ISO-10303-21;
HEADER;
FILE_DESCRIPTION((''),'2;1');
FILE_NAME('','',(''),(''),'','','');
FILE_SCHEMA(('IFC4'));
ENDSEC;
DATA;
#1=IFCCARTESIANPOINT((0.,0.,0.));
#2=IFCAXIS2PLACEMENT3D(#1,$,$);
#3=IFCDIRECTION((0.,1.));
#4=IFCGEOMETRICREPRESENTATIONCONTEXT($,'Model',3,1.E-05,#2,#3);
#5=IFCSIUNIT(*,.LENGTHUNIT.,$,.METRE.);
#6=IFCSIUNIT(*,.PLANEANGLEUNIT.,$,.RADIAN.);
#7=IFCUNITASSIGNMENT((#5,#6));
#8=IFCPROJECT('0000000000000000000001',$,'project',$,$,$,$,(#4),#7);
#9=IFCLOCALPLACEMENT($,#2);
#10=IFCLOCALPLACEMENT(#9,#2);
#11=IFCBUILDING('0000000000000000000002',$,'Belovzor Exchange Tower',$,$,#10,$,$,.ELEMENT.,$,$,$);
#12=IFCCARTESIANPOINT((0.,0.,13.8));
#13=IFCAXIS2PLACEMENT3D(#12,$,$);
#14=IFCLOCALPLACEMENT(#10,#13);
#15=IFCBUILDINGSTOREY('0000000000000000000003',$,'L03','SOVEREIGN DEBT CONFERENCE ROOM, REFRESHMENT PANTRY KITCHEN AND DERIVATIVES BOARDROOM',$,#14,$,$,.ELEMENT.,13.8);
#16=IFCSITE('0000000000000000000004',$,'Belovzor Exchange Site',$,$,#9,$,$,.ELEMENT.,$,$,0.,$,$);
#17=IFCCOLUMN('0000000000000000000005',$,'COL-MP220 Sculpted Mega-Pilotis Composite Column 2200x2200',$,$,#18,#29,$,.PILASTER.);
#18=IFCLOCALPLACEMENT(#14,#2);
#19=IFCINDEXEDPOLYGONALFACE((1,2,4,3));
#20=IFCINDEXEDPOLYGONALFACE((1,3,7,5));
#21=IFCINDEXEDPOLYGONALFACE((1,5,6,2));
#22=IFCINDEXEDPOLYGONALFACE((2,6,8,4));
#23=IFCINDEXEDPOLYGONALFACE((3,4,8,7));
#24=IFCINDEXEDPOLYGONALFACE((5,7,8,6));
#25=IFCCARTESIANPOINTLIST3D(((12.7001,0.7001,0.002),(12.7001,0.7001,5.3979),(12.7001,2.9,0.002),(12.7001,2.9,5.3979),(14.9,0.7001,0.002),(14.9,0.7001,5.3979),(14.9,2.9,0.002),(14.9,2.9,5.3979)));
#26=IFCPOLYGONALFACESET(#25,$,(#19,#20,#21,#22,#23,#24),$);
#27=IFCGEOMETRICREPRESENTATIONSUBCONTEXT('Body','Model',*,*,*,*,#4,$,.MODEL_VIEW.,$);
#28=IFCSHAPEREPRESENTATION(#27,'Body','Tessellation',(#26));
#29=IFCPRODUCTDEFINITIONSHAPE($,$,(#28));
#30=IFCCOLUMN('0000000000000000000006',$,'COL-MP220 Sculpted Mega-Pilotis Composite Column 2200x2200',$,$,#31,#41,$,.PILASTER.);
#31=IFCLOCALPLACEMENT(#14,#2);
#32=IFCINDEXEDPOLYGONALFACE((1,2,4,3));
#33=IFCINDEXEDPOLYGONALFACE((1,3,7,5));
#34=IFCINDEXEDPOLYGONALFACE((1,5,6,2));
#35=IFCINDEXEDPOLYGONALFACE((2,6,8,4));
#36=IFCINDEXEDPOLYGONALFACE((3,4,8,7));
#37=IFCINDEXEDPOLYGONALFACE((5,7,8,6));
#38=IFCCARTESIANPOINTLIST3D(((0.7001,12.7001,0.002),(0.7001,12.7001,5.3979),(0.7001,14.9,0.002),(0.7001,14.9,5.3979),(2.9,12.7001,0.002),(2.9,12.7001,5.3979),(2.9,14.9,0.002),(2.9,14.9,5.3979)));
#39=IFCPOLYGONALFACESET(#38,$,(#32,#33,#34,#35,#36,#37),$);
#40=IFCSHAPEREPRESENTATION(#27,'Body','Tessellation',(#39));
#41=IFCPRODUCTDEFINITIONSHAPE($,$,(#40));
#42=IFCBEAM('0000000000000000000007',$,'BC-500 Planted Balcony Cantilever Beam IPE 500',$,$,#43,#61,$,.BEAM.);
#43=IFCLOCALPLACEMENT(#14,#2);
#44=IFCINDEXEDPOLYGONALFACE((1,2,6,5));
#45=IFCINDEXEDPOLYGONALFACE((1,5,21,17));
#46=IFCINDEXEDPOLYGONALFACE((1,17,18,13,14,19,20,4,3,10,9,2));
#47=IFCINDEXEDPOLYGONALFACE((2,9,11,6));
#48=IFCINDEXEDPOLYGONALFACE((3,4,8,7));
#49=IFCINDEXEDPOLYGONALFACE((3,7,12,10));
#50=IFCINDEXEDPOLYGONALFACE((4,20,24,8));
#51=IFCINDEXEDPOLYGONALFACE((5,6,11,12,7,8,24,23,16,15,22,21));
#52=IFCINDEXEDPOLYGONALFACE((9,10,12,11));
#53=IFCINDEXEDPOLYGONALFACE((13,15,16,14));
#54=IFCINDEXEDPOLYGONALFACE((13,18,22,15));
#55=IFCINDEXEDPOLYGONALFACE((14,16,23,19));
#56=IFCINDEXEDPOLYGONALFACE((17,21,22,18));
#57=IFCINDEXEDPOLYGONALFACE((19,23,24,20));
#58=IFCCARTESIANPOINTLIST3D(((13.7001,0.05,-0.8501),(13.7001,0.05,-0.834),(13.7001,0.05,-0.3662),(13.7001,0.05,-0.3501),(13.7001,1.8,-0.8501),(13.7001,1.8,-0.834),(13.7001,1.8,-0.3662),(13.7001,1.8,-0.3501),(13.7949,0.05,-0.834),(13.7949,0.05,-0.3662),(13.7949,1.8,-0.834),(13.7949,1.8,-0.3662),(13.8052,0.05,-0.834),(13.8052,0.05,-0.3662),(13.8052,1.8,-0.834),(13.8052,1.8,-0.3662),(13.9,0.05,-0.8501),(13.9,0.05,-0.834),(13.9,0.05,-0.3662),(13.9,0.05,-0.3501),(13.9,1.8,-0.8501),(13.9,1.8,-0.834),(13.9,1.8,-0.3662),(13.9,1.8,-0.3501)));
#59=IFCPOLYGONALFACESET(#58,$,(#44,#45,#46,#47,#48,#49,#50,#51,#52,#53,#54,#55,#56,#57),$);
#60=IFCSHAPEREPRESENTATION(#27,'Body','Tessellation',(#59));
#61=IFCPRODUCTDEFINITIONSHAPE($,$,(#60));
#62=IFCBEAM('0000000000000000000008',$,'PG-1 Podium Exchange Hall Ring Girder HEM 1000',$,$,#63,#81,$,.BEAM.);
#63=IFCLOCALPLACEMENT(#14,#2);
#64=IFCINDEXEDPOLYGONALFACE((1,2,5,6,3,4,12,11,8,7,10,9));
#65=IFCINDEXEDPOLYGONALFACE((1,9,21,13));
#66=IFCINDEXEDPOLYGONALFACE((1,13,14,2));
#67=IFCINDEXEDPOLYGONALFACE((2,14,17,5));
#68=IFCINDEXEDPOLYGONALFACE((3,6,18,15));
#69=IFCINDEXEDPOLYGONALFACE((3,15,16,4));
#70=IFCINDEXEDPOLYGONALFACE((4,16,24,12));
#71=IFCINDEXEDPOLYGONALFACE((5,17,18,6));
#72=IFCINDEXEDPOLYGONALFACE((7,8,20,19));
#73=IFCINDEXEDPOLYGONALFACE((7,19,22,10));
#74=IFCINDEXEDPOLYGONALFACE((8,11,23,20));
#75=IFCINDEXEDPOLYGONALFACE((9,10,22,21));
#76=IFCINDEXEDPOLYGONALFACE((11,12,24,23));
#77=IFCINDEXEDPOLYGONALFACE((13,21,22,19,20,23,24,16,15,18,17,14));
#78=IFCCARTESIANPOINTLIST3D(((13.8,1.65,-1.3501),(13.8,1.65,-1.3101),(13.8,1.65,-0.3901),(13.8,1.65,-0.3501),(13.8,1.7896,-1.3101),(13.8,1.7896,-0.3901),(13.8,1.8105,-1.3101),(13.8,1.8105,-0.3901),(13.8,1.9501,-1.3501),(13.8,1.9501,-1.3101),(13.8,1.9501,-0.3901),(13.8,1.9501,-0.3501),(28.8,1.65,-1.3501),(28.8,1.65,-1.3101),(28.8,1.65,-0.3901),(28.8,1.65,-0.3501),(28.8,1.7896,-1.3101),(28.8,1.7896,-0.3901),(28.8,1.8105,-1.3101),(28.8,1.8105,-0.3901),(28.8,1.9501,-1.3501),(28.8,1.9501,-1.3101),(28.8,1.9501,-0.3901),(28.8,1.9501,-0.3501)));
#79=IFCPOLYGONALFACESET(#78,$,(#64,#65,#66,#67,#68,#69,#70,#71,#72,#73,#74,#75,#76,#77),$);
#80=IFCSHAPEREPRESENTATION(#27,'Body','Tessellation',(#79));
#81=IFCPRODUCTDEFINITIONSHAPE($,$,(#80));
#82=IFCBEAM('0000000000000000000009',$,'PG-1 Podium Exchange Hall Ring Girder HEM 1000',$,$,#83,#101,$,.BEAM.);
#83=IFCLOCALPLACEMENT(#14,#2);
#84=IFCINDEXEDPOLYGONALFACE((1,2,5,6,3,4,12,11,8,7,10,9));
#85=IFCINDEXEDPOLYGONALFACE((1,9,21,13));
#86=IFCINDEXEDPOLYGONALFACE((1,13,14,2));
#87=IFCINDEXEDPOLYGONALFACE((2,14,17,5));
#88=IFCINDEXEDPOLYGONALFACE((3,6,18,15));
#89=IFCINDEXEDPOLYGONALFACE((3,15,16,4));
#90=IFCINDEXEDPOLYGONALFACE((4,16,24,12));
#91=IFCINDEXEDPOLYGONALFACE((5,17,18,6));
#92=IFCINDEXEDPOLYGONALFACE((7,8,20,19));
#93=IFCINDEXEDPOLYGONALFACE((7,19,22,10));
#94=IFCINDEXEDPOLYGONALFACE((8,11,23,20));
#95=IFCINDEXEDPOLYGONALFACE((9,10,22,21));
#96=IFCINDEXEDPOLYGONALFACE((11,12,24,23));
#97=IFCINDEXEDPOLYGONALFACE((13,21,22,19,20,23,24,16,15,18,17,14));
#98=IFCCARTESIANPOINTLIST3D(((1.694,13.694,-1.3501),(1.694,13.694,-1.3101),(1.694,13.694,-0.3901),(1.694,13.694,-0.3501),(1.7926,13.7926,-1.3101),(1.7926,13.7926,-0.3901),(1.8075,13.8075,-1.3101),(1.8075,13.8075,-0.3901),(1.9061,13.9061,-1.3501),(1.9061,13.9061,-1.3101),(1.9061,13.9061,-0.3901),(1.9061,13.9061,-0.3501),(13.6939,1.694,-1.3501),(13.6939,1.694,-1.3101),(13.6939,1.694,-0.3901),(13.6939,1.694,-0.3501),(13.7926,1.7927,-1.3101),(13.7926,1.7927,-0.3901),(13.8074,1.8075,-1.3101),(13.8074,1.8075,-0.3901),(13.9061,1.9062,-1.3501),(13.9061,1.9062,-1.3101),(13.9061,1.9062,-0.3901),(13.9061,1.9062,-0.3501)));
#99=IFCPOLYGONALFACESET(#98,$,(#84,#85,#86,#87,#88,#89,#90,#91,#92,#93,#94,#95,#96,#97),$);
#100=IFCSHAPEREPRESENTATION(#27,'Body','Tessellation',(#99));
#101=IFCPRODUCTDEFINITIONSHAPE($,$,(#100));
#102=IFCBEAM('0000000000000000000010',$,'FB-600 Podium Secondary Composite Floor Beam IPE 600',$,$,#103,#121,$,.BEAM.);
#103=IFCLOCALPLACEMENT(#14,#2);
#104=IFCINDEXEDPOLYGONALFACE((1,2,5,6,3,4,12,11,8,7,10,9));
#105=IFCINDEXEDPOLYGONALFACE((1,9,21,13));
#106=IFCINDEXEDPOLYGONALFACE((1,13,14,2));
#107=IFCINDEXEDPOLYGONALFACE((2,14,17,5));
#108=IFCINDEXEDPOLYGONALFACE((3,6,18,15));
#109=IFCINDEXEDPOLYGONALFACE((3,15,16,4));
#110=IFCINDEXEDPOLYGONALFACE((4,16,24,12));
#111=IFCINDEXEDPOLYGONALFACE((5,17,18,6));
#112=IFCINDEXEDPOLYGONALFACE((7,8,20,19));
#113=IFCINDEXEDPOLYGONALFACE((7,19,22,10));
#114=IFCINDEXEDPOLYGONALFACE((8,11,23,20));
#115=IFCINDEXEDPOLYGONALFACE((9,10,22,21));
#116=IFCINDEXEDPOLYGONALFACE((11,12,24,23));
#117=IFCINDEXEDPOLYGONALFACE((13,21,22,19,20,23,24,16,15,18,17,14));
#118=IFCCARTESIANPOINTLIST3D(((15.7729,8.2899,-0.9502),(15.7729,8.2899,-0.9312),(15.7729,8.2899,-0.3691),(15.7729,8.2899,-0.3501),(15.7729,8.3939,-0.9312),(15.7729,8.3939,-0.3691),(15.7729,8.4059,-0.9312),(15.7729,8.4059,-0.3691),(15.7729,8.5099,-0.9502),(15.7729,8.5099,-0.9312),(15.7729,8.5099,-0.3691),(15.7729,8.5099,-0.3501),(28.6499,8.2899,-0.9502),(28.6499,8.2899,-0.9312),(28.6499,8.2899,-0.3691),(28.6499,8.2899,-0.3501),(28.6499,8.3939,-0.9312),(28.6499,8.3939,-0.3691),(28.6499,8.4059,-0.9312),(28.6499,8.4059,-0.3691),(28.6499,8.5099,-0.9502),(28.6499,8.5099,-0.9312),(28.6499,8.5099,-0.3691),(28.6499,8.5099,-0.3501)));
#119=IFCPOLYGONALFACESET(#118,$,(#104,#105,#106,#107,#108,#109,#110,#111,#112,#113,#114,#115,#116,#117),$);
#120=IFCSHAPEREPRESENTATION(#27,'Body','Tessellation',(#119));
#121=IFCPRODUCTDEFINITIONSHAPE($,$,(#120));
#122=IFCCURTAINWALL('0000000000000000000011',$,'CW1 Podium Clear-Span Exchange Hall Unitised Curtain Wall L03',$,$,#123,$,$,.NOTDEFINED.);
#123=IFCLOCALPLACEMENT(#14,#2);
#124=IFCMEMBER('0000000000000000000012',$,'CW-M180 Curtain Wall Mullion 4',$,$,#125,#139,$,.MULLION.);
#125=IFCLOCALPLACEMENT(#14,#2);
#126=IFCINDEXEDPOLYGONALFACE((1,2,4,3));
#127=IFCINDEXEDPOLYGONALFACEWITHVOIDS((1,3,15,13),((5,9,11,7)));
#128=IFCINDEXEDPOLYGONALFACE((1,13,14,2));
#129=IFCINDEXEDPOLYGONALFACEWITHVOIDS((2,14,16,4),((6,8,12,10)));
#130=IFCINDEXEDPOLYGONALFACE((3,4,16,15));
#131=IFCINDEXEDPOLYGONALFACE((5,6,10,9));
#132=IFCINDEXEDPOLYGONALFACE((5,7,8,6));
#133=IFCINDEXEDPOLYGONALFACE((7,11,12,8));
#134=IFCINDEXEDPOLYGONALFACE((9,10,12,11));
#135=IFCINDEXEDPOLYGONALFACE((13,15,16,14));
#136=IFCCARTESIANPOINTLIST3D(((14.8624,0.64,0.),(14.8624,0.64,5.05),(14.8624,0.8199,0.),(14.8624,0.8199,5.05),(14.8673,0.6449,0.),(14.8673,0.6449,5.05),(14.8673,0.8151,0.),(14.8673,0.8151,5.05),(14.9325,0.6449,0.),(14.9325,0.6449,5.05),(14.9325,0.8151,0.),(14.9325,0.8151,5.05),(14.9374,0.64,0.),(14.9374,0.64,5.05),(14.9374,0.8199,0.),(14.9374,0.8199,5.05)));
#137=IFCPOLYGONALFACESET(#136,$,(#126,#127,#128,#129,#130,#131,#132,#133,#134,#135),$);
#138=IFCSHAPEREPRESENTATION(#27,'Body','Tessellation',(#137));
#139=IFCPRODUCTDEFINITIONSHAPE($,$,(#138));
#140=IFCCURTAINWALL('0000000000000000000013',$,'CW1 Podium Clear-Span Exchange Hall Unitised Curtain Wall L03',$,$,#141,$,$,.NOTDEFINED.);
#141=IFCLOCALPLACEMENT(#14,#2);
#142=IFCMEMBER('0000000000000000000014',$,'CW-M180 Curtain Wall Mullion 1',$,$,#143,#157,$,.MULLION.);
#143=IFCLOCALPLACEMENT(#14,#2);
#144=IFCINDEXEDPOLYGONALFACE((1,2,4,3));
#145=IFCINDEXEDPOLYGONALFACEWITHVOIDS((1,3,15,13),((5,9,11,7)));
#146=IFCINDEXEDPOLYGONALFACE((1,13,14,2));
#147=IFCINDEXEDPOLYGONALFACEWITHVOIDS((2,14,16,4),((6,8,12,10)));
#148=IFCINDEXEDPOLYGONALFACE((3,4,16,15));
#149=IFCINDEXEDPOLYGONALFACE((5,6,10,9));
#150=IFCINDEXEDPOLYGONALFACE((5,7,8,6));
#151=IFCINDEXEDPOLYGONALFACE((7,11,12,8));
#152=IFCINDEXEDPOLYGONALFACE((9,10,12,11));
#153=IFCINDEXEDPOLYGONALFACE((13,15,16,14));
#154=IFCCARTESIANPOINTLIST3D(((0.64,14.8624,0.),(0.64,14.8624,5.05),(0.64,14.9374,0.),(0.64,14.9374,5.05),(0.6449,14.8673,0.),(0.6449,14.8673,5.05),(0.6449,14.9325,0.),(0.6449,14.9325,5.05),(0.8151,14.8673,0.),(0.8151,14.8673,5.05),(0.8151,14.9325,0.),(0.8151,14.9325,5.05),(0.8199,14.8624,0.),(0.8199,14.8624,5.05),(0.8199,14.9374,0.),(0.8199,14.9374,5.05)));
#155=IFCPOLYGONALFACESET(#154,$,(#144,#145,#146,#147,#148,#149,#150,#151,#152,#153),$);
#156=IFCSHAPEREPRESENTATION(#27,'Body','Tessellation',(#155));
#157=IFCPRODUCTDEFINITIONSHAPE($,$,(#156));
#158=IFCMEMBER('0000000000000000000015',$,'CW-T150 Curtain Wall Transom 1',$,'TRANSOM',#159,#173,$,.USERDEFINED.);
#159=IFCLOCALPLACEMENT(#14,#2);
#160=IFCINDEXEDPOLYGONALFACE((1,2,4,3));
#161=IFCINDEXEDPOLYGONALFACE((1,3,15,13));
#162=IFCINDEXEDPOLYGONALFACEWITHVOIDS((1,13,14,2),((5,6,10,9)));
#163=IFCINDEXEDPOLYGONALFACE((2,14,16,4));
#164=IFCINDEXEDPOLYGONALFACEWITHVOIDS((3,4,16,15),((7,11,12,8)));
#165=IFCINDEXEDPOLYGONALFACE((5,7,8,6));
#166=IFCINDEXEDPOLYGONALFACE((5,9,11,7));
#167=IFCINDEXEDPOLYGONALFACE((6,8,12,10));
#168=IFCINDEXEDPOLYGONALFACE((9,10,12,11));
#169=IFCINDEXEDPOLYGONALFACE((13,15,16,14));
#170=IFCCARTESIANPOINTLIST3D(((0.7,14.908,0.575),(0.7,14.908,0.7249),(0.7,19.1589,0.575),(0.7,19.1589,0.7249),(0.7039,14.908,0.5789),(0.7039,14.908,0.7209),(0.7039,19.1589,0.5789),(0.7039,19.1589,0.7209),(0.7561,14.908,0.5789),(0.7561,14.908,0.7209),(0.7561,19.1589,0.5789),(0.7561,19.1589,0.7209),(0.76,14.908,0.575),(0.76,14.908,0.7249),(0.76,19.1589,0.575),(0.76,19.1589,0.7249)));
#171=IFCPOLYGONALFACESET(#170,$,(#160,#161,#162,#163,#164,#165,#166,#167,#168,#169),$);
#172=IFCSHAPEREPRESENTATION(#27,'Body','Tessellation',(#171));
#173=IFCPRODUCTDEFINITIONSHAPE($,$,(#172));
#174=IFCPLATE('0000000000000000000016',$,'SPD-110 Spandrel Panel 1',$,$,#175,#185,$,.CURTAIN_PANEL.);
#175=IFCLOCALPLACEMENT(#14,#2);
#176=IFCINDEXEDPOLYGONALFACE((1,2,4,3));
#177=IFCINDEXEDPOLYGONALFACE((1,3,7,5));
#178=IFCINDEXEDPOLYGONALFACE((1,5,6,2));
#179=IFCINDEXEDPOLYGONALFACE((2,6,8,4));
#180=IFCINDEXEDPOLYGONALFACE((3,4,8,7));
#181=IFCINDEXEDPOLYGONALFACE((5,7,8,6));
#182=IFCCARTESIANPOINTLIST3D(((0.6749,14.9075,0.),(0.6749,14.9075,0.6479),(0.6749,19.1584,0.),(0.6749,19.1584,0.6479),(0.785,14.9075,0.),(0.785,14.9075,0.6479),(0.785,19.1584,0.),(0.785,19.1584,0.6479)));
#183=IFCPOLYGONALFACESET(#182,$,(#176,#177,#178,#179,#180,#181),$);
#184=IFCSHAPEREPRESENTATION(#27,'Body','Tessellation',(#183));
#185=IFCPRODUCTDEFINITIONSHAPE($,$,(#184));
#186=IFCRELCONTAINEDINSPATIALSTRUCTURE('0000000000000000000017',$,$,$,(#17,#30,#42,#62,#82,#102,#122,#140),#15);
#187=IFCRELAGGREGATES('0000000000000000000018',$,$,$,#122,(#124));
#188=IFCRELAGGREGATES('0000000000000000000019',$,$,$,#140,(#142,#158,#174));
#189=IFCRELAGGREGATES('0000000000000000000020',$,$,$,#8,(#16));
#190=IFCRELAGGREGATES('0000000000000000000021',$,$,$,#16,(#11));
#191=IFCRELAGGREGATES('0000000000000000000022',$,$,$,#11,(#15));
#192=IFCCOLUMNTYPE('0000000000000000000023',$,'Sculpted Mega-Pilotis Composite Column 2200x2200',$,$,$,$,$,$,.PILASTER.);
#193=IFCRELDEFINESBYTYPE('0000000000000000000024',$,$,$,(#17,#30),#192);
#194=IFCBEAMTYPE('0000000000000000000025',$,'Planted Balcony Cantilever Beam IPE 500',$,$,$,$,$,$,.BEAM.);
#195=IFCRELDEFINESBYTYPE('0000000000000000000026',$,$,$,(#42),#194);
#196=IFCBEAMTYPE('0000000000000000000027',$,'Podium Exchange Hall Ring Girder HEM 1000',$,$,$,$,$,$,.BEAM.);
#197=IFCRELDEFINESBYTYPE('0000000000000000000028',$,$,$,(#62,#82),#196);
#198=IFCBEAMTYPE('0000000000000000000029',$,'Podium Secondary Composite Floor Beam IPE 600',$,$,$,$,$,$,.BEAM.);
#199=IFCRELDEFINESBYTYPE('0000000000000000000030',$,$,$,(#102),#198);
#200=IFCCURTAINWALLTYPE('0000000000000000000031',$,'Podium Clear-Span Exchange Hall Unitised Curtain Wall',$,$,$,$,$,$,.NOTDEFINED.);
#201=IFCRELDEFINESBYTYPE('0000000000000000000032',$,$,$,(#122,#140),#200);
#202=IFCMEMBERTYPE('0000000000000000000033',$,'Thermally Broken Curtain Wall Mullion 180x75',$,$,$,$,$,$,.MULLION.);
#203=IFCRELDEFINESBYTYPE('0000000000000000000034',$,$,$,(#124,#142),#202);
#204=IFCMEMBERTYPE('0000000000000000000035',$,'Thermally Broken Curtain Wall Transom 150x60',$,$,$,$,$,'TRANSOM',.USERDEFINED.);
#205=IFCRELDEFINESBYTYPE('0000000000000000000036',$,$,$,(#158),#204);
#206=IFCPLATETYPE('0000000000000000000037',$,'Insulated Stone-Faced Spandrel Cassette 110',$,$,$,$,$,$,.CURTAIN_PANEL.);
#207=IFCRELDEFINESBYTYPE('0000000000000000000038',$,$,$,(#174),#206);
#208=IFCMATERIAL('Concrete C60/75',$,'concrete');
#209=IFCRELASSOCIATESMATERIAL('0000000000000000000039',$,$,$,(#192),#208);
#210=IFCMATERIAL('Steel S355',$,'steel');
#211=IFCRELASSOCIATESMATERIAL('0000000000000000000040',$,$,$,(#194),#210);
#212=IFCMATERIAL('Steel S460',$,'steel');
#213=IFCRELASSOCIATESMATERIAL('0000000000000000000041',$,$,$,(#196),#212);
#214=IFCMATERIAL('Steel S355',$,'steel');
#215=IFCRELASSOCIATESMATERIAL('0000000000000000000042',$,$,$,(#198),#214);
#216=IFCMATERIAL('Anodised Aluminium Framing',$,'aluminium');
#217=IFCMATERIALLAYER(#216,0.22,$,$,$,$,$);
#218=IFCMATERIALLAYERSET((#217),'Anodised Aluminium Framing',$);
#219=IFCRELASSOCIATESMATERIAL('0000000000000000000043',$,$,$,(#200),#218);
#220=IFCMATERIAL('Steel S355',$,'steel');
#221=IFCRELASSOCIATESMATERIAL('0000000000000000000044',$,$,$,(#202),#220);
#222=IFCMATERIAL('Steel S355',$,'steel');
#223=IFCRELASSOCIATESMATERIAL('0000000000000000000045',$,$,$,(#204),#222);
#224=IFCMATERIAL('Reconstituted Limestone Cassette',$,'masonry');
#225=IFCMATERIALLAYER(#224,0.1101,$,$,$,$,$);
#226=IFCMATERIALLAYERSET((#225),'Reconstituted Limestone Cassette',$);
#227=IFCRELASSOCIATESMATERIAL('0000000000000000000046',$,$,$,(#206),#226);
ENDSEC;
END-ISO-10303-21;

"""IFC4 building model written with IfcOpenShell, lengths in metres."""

from ifc_helpers import new_model, si_unit, direction, frame, origin, origin_2d, place, context, subcontext, project, spatial, rectangle, hollow_rectangle, i_section, extrude, material, layer, layer_set, material_profile, profile_set, type_object, element, aggregate, save


model = new_model("IFC4")

# Units and contexts
model_context = context("Model", 3, precision=1e-05, world=origin(), true_north=direction((0.0, 1.0)))
body_context = subcontext(model_context, "Body", "Model", "MODEL_VIEW")
ifc_project = project(units=[si_unit("LENGTHUNIT", "METRE"), si_unit("PLANEANGLEUNIT", "RADIAN")], contexts=[model_context])

# Site, building, storey
site_placement = place(None, origin())
site = spatial("IfcSite", under=ifc_project, at=site_placement, Name="Belovzor Exchange Site", CompositionType="ELEMENT", RefElevation=0.0)
building_placement = place(site_placement, origin())
building = spatial("IfcBuilding", under=site, at=building_placement, Name="Belovzor Exchange Tower", CompositionType="ELEMENT")
storey_placement = place(building_placement, frame((0.0, 0.0, 13.8)))
storey = spatial("IfcBuildingStorey", under=building, at=storey_placement, Name="L03", Description="SOVEREIGN DEBT CONFERENCE ROOM, REFRESHMENT PANTRY KITCHEN AND DERIVATIVES BOARDROOM", CompositionType="ELEMENT", Elevation=13.8)

# Columns
ifc_material_1 = material(Name="Concrete C60/75", Category="concrete")
ifc_material_profile_1 = material_profile(ifc_material_1, rectangle(XDim=2.2, YDim=2.2, at=origin_2d()))
ifc_profile_set_1 = profile_set([ifc_material_profile_1], Name="Concrete C60/75")
column_type = type_object("IfcColumnType", Name="Sculpted Mega-Pilotis Composite Column 2200x2200", PredefinedType="PILASTER", material=ifc_profile_set_1)
for number, where, z_axis, x_axis, name in (
    (1, (13.8, 1.8, 0.002), (0.0, 0.0, 1.0), (1.0, 0.0, 0.0), "COL-MP220 Sculpted Mega-Pilotis Composite Column 2200x2200"),
    (2, (1.8, 13.8, 0.002), (0.0, 0.0, 1.0), (1.0, 0.0, 0.0), "COL-MP220 Sculpted Mega-Pilotis Composite Column 2200x2200"),
):
    element("IfcColumn", number, at=place(storey_placement, frame(where, z_axis=z_axis, x_axis=x_axis)), inside=storey, type_object=column_type, Name=name, PredefinedType="PILASTER", context=body_context, shape_type="SweptSolid", body=[
        extrude(rectangle(XDim=2.2, YDim=2.2, at=origin_2d()), origin(), (0.0, 0.0, 1.0), 5.396),
    ])

# Beams
ifc_material_2 = material(Name="Steel S355", Category="steel")
ifc_material_profile_2 = material_profile(ifc_material_2, i_section(OverallWidth=0.2, OverallDepth=0.5, WebThickness=0.0103, FlangeThickness=0.0161, at=origin_2d()))
ifc_profile_set_2 = profile_set([ifc_material_profile_2], Name="Steel S355")
beam_type_1 = type_object("IfcBeamType", Name="Planted Balcony Cantilever Beam IPE 500", PredefinedType="BEAM", material=ifc_profile_set_2)
beam_1_placement = place(storey_placement, frame((13.8, 1.8, -0.6001), z_axis=(0.0, -1.0, 0.0), x_axis=(1.0, 0.0, 0.0)))
element("IfcBeam", 3, at=beam_1_placement, inside=storey, type_object=beam_type_1, Name="BC-500 Planted Balcony Cantilever Beam IPE 500", PredefinedType="BEAM", context=body_context, shape_type="SweptSolid", body=[
    extrude(i_section(OverallWidth=0.2, OverallDepth=0.5, WebThickness=0.0103, FlangeThickness=0.0161, at=origin_2d()), origin(), (0.0, 0.0, 1.0), 1.75),
])
ifc_material_3 = material(Name="Steel S460", Category="steel")
ifc_material_profile_3 = material_profile(ifc_material_3, i_section(OverallWidth=0.3, OverallDepth=1.0, WebThickness=0.021, FlangeThickness=0.04, at=origin_2d()))
ifc_profile_set_3 = profile_set([ifc_material_profile_3], Name="Steel S460")
beam_type_2 = type_object("IfcBeamType", Name="Podium Exchange Hall Ring Girder HEM 1000", PredefinedType="BEAM", material=ifc_profile_set_3)
beam_2_placement = place(storey_placement, frame((13.8, 1.8, -0.8501), z_axis=(1.0, 0.0, 0.0), x_axis=(0.0, 1.0, 0.0)))
element("IfcBeam", 4, at=beam_2_placement, inside=storey, type_object=beam_type_2, Name="PG-1 Podium Exchange Hall Ring Girder HEM 1000", PredefinedType="BEAM", context=body_context, shape_type="SweptSolid", body=[
    extrude(i_section(OverallWidth=0.3, OverallDepth=1.0, WebThickness=0.021, FlangeThickness=0.04, at=origin_2d()), origin(), (0.0, 0.0, 1.0), 15.0),
])
beam_3_placement = place(storey_placement, frame((1.8, 13.8, -0.8501), z_axis=(0.707107, -0.707107, 0.0), x_axis=(0.707107, 0.707107, 0.0)))
element("IfcBeam", 5, at=beam_3_placement, inside=storey, type_object=beam_type_2, Name="PG-1 Podium Exchange Hall Ring Girder HEM 1000", PredefinedType="BEAM", context=body_context, shape_type="SweptSolid", body=[
    extrude(i_section(OverallWidth=0.3, OverallDepth=1.0, WebThickness=0.021, FlangeThickness=0.04, at=origin_2d()), origin(), (0.0, 0.0, 1.0), 16.9705),
])
ifc_material_4 = material(Name="Steel S355", Category="steel")
ifc_material_profile_4 = material_profile(ifc_material_4, i_section(OverallWidth=0.22, OverallDepth=0.6001, WebThickness=0.012, FlangeThickness=0.019, at=origin_2d()))
ifc_profile_set_4 = profile_set([ifc_material_profile_4], Name="Steel S355")
beam_type_3 = type_object("IfcBeamType", Name="Podium Secondary Composite Floor Beam IPE 600", PredefinedType="BEAM", material=ifc_profile_set_4)
beam_4_placement = place(storey_placement, frame((15.7729, 8.3999, -0.6501), z_axis=(1.0, 0.0, 0.0), x_axis=(0.0, 1.0, 0.0)))
element("IfcBeam", 6, at=beam_4_placement, inside=storey, type_object=beam_type_3, Name="FB-600 Podium Secondary Composite Floor Beam IPE 600", PredefinedType="BEAM", context=body_context, shape_type="SweptSolid", body=[
    extrude(i_section(OverallWidth=0.22, OverallDepth=0.6001, WebThickness=0.012, FlangeThickness=0.019, at=origin_2d()), origin(), (0.0, 0.0, 1.0), 12.877),
])

# Curtain wall, member
ifc_material_5 = material(Name="Anodised Aluminium Framing", Category="aluminium")
ifc_layer_1 = layer(ifc_material_5, 0.22)
ifc_layer_set_1 = layer_set([ifc_layer_1], Name="Anodised Aluminium Framing")
curtain_wall_type = type_object("IfcCurtainWallType", Name="Podium Clear-Span Exchange Hall Unitised Curtain Wall", PredefinedType="NOTDEFINED", material=ifc_layer_set_1)
curtain_wall_1_placement = place(storey_placement, origin())
curtain_wall_1 = element("IfcCurtainWall", 7, at=curtain_wall_1_placement, inside=storey, type_object=curtain_wall_type, Name="CW1 Podium Clear-Span Exchange Hall Unitised Curtain Wall L03", PredefinedType="NOTDEFINED")
ifc_material_6 = material(Name="Steel S355", Category="steel")
ifc_material_profile_5 = material_profile(ifc_material_6, hollow_rectangle(XDim=0.075, YDim=0.1799, WallThickness=0.0049, at=origin_2d()))
ifc_profile_set_5 = profile_set([ifc_material_profile_5], Name="Steel S355")
member_type_1 = type_object("IfcMemberType", Name="Thermally Broken Curtain Wall Mullion 180x75", PredefinedType="MULLION", material=ifc_profile_set_5)
member_1_placement = place(storey_placement, frame((14.8999, 0.73, 0.0), z_axis=(0.0, 0.0, 1.0), x_axis=(-1.0, 0.0, 0.0)))
member_1 = element("IfcMember", 8, at=member_1_placement, type_object=member_type_1, Name="CW-M180 Curtain Wall Mullion 4", PredefinedType="MULLION", context=body_context, shape_type="SweptSolid", body=[
    extrude(hollow_rectangle(XDim=0.075, YDim=0.1799, WallThickness=0.0049, at=origin_2d()), origin(), (0.0, 0.0, 1.0), 5.05),
])
aggregate(curtain_wall_1, [member_1])

# Curtain wall, members, plate
curtain_wall_2_placement = place(storey_placement, origin())
curtain_wall_2 = element("IfcCurtainWall", 9, at=curtain_wall_2_placement, inside=storey, type_object=curtain_wall_type, Name="CW1 Podium Clear-Span Exchange Hall Unitised Curtain Wall L03", PredefinedType="NOTDEFINED")
member_2_placement = place(storey_placement, frame((0.73, 14.8999, 0.0), z_axis=(0.0, 0.0, 1.0), x_axis=(0.0, 1.0, 0.0)))
member_2 = element("IfcMember", 10, at=member_2_placement, type_object=member_type_1, Name="CW-M180 Curtain Wall Mullion 1", PredefinedType="MULLION", context=body_context, shape_type="SweptSolid", body=[
    extrude(hollow_rectangle(XDim=0.075, YDim=0.1799, WallThickness=0.0049, at=origin_2d()), origin(), (0.0, 0.0, 1.0), 5.05),
])
ifc_material_7 = material(Name="Steel S355", Category="steel")
ifc_material_profile_6 = material_profile(ifc_material_7, hollow_rectangle(XDim=0.0601, YDim=0.1499, WallThickness=0.0039, at=origin_2d()))
ifc_profile_set_6 = profile_set([ifc_material_profile_6], Name="Steel S355")
member_type_2 = type_object("IfcMemberType", Name="Thermally Broken Curtain Wall Transom 150x60", ElementType="TRANSOM", PredefinedType="USERDEFINED", material=ifc_profile_set_6)
member_3_placement = place(storey_placement, frame((0.73, 14.908, 0.6499), z_axis=(0.0, 1.0, 0.0), x_axis=(-1.0, 0.0, 0.0)))
member_3 = element("IfcMember", 11, at=member_3_placement, type_object=member_type_2, Name="CW-T150 Curtain Wall Transom 1", ObjectType="TRANSOM", PredefinedType="USERDEFINED", context=body_context, shape_type="SweptSolid", body=[
    extrude(hollow_rectangle(XDim=0.0601, YDim=0.1499, WallThickness=0.0039, at=origin_2d()), origin(), (0.0, 0.0, 1.0), 4.251),
])
ifc_material_8 = material(Name="Reconstituted Limestone Cassette", Category="masonry")
ifc_layer_2 = layer(ifc_material_8, 0.1101)
ifc_layer_set_2 = layer_set([ifc_layer_2], Name="Reconstituted Limestone Cassette")
plate_type = type_object("IfcPlateType", Name="Insulated Stone-Faced Spandrel Cassette 110", PredefinedType="CURTAIN_PANEL", material=ifc_layer_set_2)
plate_placement = place(storey_placement, frame((0.73, 17.033, 0.0), z_axis=(0.0, 0.0, 1.0), x_axis=(0.0, 1.0, 0.0)))
plate = element("IfcPlate", 12, at=plate_placement, type_object=plate_type, Name="SPD-110 Spandrel Panel 1", PredefinedType="CURTAIN_PANEL", context=body_context, shape_type="SweptSolid", body=[
    extrude(rectangle(XDim=4.251, YDim=0.1101, at=origin_2d()), origin(), (0.0, 0.0, 1.0), 0.6479),
])
aggregate(curtain_wall_2, [member_2, member_3, plate])

save(model, "model.ifc")
